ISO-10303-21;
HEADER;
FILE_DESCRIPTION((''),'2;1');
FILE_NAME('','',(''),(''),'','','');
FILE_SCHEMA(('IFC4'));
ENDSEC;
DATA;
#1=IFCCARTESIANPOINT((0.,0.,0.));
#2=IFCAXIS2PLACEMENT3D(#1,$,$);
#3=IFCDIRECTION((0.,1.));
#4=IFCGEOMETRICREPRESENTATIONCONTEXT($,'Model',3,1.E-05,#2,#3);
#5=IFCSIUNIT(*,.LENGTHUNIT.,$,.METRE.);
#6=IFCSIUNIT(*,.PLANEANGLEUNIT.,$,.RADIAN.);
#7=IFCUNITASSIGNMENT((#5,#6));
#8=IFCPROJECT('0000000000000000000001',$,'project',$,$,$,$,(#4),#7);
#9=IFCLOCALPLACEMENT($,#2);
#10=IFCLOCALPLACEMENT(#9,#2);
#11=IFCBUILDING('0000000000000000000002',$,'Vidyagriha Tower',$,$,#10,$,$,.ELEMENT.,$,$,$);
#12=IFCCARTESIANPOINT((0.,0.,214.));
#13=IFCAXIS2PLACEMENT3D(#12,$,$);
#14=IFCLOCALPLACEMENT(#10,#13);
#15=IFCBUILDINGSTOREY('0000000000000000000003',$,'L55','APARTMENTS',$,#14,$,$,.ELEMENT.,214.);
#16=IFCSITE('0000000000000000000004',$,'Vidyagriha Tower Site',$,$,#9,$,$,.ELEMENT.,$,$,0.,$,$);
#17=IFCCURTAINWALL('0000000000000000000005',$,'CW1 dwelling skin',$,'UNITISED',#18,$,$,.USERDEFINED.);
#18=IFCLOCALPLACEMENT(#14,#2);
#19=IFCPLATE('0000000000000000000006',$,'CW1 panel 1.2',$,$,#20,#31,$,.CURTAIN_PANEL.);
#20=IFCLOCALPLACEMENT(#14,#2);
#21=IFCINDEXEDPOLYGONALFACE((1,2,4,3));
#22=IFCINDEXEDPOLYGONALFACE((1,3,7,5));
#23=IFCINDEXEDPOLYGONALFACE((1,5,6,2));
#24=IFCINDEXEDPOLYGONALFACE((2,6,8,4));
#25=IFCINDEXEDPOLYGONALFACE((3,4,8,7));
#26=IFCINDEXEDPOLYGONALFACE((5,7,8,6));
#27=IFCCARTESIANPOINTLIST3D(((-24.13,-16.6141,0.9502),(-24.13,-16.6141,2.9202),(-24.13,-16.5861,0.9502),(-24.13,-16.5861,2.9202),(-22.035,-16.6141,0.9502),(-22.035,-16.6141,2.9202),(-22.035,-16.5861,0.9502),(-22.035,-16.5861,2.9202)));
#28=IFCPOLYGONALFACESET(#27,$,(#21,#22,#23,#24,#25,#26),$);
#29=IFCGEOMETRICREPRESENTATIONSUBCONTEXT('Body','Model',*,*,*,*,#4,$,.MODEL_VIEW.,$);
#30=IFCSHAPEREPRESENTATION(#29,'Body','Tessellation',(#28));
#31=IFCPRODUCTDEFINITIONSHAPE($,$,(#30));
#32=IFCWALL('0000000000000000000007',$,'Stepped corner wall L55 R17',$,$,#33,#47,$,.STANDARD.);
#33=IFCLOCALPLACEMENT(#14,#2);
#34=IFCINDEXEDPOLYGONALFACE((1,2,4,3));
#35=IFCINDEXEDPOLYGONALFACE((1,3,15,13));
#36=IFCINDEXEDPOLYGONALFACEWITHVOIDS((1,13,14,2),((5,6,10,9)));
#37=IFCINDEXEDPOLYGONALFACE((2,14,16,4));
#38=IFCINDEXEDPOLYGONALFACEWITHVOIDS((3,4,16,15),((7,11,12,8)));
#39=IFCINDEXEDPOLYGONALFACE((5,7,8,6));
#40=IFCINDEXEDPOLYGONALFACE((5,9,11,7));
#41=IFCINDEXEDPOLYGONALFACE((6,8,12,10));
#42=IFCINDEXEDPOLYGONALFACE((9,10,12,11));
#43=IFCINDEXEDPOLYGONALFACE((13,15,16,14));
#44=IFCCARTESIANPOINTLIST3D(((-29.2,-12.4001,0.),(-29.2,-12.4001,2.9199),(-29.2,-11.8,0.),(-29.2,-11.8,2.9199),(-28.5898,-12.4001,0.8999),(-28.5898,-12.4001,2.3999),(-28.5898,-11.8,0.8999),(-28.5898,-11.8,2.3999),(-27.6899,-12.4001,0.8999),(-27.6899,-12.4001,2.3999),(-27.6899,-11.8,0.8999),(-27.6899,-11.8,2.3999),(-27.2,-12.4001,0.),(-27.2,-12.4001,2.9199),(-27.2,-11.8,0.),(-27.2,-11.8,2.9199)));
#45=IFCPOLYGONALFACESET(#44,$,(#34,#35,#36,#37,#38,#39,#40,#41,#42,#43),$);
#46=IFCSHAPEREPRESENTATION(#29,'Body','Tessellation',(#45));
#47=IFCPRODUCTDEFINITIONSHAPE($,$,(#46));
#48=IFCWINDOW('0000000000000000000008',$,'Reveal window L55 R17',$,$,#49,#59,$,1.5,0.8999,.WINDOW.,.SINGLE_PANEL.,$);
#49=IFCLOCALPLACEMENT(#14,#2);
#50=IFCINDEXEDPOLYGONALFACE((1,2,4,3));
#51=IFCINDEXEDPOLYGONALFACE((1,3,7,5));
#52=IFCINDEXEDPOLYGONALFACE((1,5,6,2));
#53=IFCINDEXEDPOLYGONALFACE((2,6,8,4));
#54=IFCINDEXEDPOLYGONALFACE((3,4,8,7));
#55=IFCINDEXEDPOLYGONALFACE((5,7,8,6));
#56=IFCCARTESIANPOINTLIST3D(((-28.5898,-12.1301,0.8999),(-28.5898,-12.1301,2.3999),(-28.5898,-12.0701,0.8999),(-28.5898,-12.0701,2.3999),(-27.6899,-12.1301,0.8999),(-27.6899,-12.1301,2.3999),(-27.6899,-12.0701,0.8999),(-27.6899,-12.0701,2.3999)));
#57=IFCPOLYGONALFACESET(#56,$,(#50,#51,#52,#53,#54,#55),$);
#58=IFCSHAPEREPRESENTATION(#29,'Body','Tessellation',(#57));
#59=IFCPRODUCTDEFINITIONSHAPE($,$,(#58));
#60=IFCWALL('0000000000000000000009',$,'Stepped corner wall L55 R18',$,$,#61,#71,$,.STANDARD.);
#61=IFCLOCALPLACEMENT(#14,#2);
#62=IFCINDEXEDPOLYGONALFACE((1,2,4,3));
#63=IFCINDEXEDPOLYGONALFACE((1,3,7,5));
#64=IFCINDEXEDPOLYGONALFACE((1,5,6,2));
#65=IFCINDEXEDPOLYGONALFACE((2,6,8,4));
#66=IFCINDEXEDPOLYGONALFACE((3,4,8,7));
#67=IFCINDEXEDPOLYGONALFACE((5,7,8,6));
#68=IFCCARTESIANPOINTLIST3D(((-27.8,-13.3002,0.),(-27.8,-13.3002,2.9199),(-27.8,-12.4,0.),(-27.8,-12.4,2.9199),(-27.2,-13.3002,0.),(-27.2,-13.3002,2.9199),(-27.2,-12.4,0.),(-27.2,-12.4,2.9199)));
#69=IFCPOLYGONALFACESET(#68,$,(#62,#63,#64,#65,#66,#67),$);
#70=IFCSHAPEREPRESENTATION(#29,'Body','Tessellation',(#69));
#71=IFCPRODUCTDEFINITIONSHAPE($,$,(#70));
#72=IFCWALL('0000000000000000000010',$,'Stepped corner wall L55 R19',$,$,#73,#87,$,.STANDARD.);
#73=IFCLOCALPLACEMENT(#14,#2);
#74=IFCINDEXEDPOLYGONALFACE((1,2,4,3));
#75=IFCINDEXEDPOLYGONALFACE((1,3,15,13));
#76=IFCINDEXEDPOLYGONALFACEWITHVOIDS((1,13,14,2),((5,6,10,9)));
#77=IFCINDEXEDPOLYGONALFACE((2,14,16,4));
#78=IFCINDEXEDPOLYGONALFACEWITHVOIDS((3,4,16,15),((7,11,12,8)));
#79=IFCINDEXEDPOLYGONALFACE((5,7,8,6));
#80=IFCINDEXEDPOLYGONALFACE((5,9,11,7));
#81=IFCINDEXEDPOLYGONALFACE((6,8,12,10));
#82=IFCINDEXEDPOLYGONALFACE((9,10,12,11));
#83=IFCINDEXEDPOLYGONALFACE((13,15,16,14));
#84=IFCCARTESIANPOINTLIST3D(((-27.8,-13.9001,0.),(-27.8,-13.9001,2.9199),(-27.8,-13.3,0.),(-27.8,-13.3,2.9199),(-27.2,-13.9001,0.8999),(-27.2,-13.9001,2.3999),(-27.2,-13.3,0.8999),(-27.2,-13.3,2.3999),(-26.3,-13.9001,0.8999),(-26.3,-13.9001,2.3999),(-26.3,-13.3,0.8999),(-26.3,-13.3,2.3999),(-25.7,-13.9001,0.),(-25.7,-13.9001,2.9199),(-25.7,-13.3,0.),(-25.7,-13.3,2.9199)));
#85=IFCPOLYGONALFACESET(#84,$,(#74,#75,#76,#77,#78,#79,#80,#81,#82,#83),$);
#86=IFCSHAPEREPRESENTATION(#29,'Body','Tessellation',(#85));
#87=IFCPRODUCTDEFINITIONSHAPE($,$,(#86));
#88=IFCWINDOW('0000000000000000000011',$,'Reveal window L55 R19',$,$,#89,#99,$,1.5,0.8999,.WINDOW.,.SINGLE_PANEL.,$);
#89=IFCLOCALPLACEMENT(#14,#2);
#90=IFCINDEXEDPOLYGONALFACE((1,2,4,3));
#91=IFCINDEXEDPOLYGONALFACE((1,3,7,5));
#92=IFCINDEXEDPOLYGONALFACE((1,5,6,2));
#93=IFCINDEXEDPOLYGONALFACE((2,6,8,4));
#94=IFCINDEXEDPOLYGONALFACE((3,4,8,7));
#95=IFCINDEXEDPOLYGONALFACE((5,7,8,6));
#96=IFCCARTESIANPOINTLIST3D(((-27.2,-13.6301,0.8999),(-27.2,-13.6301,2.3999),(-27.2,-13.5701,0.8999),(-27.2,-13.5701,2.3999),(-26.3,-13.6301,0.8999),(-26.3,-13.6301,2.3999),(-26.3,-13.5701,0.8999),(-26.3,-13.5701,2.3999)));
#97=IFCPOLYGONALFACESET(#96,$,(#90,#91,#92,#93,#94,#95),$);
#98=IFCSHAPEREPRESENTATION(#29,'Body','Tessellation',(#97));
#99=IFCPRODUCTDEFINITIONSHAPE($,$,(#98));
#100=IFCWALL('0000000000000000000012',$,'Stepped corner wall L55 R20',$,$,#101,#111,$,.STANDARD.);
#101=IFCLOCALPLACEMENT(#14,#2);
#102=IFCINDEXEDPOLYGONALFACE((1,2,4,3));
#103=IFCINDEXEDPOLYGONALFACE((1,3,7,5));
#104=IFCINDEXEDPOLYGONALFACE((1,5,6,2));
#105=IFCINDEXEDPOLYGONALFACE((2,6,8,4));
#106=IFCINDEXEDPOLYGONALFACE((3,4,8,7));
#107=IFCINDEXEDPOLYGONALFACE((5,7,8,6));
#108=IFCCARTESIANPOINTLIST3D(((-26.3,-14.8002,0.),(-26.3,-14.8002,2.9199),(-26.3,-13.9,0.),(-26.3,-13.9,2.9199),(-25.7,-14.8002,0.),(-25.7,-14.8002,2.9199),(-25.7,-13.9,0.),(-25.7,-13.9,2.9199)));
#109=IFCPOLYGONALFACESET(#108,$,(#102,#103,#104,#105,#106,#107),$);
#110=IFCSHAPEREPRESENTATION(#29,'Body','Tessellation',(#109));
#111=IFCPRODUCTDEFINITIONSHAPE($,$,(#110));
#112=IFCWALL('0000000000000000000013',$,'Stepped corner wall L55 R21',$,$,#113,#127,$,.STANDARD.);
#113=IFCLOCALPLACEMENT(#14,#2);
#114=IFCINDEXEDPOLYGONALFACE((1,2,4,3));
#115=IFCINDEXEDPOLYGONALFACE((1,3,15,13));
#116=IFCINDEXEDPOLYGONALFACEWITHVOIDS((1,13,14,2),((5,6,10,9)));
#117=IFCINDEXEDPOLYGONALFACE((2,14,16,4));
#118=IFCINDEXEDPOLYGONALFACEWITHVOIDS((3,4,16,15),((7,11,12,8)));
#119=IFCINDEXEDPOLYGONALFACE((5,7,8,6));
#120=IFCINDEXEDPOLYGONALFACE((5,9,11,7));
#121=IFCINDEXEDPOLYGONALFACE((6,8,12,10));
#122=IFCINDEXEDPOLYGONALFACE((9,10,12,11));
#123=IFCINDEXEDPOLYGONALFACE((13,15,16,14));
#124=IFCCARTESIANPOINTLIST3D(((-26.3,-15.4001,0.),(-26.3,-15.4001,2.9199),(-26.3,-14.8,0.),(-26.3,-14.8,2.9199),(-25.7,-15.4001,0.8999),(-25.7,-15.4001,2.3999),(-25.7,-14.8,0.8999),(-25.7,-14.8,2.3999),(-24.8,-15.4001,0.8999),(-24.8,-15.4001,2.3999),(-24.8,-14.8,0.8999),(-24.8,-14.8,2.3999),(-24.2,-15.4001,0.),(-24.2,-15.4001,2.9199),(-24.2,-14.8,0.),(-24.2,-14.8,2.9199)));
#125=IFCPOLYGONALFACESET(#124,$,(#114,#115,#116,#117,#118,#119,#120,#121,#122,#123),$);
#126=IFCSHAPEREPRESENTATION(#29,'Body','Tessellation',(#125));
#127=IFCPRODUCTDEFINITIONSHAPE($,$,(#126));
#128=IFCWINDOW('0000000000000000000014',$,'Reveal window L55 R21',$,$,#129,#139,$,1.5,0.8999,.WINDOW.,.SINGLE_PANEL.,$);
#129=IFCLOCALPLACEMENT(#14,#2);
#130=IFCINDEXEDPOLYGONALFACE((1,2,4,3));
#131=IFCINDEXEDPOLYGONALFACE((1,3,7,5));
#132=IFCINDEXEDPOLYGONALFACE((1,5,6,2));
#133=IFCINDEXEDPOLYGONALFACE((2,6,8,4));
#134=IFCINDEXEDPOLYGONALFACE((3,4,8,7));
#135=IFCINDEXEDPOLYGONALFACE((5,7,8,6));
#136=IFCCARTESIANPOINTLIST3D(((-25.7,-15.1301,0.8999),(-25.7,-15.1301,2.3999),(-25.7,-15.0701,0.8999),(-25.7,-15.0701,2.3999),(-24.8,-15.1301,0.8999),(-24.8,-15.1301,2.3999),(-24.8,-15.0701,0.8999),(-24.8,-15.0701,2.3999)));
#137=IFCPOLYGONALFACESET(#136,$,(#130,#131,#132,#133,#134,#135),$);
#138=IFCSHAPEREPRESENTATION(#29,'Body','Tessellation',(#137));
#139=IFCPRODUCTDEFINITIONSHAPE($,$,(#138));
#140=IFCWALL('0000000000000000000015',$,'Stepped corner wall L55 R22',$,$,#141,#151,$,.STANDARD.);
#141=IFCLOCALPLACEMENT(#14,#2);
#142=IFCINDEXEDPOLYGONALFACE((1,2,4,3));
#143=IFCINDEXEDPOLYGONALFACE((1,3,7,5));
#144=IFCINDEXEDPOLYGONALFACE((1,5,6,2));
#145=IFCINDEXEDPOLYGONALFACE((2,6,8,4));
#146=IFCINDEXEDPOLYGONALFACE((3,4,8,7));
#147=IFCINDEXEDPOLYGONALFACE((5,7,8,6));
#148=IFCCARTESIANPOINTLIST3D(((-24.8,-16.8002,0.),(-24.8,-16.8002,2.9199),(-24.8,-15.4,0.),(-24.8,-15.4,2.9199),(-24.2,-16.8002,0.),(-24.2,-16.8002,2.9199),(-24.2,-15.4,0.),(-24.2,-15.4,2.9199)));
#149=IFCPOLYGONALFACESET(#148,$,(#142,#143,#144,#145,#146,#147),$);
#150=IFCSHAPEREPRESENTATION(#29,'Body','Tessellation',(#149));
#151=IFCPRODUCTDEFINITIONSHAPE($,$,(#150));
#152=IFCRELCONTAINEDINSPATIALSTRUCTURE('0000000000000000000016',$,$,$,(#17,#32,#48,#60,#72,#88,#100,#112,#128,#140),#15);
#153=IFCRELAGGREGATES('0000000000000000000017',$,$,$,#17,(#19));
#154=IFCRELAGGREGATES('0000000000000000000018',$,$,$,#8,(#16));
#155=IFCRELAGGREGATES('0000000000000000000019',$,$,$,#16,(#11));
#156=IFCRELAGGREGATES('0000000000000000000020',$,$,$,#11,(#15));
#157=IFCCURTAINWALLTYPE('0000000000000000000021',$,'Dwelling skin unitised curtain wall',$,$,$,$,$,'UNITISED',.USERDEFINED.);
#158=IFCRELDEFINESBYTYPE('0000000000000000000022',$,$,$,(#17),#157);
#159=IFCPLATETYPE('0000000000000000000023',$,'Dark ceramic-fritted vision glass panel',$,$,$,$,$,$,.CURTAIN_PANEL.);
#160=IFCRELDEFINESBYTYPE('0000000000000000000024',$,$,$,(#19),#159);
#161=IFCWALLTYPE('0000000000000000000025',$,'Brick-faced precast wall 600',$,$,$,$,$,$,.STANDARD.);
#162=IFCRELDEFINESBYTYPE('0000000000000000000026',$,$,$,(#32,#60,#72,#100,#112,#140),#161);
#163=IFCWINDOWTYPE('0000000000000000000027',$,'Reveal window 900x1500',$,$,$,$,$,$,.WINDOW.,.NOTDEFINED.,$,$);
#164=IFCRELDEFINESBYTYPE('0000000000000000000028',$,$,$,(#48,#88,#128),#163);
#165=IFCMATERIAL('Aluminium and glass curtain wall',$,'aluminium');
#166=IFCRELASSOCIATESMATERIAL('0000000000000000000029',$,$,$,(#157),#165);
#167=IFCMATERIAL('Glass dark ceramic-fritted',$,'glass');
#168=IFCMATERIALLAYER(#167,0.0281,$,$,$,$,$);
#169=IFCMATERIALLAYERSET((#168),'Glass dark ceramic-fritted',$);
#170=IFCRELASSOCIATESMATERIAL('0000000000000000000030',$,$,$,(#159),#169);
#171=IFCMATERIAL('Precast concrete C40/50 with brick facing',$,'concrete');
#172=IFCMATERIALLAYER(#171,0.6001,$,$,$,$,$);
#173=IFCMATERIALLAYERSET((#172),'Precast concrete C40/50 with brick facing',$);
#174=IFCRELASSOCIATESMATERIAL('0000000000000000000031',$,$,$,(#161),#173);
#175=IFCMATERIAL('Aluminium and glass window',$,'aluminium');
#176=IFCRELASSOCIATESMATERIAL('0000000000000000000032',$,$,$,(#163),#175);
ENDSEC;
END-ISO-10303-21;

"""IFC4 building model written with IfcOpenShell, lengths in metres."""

from ifc_helpers import new_model, si_unit, direction, frame, frame_2d, origin, origin_2d, place, context, subcontext, project, spatial, rectangle, extrude, material, layer, layer_set, type_object, element, fill, aggregate, save


model = new_model("IFC4")

# Units and contexts
model_context = context("Model", 3, precision=1e-05, world=origin(), true_north=direction((0.0, 1.0)))
body_context = subcontext(model_context, "Body", "Model", "MODEL_VIEW")
ifc_project = project(units=[si_unit("LENGTHUNIT", "METRE"), si_unit("PLANEANGLEUNIT", "RADIAN")], contexts=[model_context])

# Site, building, storey
site_placement = place(None, origin())
site = spatial("IfcSite", under=ifc_project, at=site_placement, Name="Vidyagriha Tower Site", CompositionType="ELEMENT", RefElevation=0.0)
building_placement = place(site_placement, origin())
building = spatial("IfcBuilding", under=site, at=building_placement, Name="Vidyagriha Tower", CompositionType="ELEMENT")
storey_placement = place(building_placement, frame((0.0, 0.0, 214.0)))
storey = spatial("IfcBuildingStorey", under=building, at=storey_placement, Name="L55", Description="APARTMENTS", CompositionType="ELEMENT", Elevation=214.0)

# Curtain wall, plate
ifc_material_1 = material(Name="Aluminium and glass curtain wall", Category="aluminium")
curtain_wall_type = type_object("IfcCurtainWallType", Name="Dwelling skin unitised curtain wall", ElementType="UNITISED", PredefinedType="USERDEFINED", material=ifc_material_1)
curtain_wall_placement = place(storey_placement, origin())
curtain_wall = element("IfcCurtainWall", 1, at=curtain_wall_placement, inside=storey, type_object=curtain_wall_type, Name="CW1 dwelling skin", ObjectType="UNITISED", PredefinedType="USERDEFINED")
ifc_material_2 = material(Name="Glass dark ceramic-fritted", Category="glass")
ifc_layer_1 = layer(ifc_material_2, 0.0281)
ifc_layer_set_1 = layer_set([ifc_layer_1], Name="Glass dark ceramic-fritted")
plate_type_1 = type_object("IfcPlateType", Name="Dark ceramic-fritted vision glass panel", PredefinedType="CURTAIN_PANEL", material=ifc_layer_set_1)
plate_1_placement = place(storey_placement, frame((-23.0825, -16.6001, 0.9502)))
plate_1 = element("IfcPlate", 2, at=plate_1_placement, type_object=plate_type_1, Name="CW1 panel 1.2", PredefinedType="CURTAIN_PANEL", context=body_context, shape_type="SweptSolid", body=[
    extrude(rectangle(XDim=2.095, YDim=0.0281, at=origin_2d()), origin(), (0.0, 0.0, 1.0), 1.97),
])
aggregate(curtain_wall, [plate_1])

# Wall, opening, window
ifc_material_3 = material(Name="Precast concrete C40/50 with brick facing", Category="concrete")
ifc_layer_2 = layer(ifc_material_3, 0.6001)
ifc_layer_set_2 = layer_set([ifc_layer_2], Name="Precast concrete C40/50 with brick facing")
wall_type = type_object("IfcWallType", Name="Brick-faced precast wall 600", PredefinedType="STANDARD", material=ifc_layer_set_2)
wall_1_placement = place(storey_placement, frame((-29.2, -12.1001, 0.0)))
wall_1 = element("IfcWall", 3, at=wall_1_placement, inside=storey, type_object=wall_type, Name="Stepped corner wall L55 R17", PredefinedType="STANDARD", context=body_context, shape_type="SweptSolid", body=[
    extrude(rectangle(XDim=2.0, YDim=0.6001, at=frame_2d((1.0, 0.0))), origin(), (0.0, 0.0, 1.0), 2.9199),
])
opening_1_placement = place(wall_1_placement, frame((0.6101, 0.0, 0.8999)))
opening_1 = element("IfcOpeningElement", 4, at=opening_1_placement, cuts=wall_1, PredefinedType="OPENING", context=body_context, shape_type="SweptSolid", body=[
    extrude(rectangle(XDim=0.8999, YDim=1.5, at=frame_2d((0.45, 0.75))), frame((0.0, 0.3101, 0.0), z_axis=(0.0, -1.0, 0.0), x_axis=(1.0, 0.0, 0.0)), (0.0, 0.0, 1.0), 0.6201),
])
ifc_material_4 = material(Name="Aluminium and glass window", Category="aluminium")
window_type = type_object("IfcWindowType", Name="Reveal window 900x1500", PartitioningType="NOTDEFINED", PredefinedType="WINDOW", material=ifc_material_4)
window_1_placement = place(opening_1_placement, origin())
window_1 = element("IfcWindow", 5, at=window_1_placement, inside=storey, type_object=window_type, Name="Reveal window L55 R17", OverallHeight=1.5, OverallWidth=0.8999, PartitioningType="SINGLE_PANEL", PredefinedType="WINDOW", context=body_context, shape_type="SweptSolid", body=[
    extrude(rectangle(XDim=0.8999, YDim=1.5, at=frame_2d((0.45, 0.75))), frame((0.0, 0.03, 0.0), z_axis=(0.0, -1.0, 0.0), x_axis=(1.0, 0.0, 0.0)), (0.0, 0.0, 1.0), 0.0601),
])
fill(opening_1, window_1)

# Wall
wall_2_placement = place(storey_placement, frame((-27.5, -12.3999, 0.0), z_axis=(0.0, 0.0, 1.0), x_axis=(0.0, -1.0, 0.0)))
element("IfcWall", 6, at=wall_2_placement, inside=storey, type_object=wall_type, Name="Stepped corner wall L55 R18", PredefinedType="STANDARD", context=body_context, shape_type="SweptSolid", body=[
    extrude(rectangle(XDim=0.9001, YDim=0.6001, at=frame_2d((0.4502, 0.0))), origin(), (0.0, 0.0, 1.0), 2.9199),
])

# Wall, opening, window
wall_3_placement = place(storey_placement, frame((-27.8, -13.6001, 0.0)))
wall_3 = element("IfcWall", 7, at=wall_3_placement, inside=storey, type_object=wall_type, Name="Stepped corner wall L55 R19", PredefinedType="STANDARD", context=body_context, shape_type="SweptSolid", body=[
    extrude(rectangle(XDim=2.1001, YDim=0.6001, at=frame_2d((1.05, 0.0))), origin(), (0.0, 0.0, 1.0), 2.9199),
])
opening_2_placement = place(wall_3_placement, frame((0.6001, 0.0, 0.8999)))
opening_2 = element("IfcOpeningElement", 8, at=opening_2_placement, cuts=wall_3, PredefinedType="OPENING", context=body_context, shape_type="SweptSolid", body=[
    extrude(rectangle(XDim=0.8999, YDim=1.5, at=frame_2d((0.45, 0.75))), frame((0.0, 0.3101, 0.0), z_axis=(0.0, -1.0, 0.0), x_axis=(1.0, 0.0, 0.0)), (0.0, 0.0, 1.0), 0.6201),
])
window_2_placement = place(opening_2_placement, origin())
window_2 = element("IfcWindow", 9, at=window_2_placement, inside=storey, type_object=window_type, Name="Reveal window L55 R19", OverallHeight=1.5, OverallWidth=0.8999, PartitioningType="SINGLE_PANEL", PredefinedType="WINDOW", context=body_context, shape_type="SweptSolid", body=[
    extrude(rectangle(XDim=0.8999, YDim=1.5, at=frame_2d((0.45, 0.75))), frame((0.0, 0.03, 0.0), z_axis=(0.0, -1.0, 0.0), x_axis=(1.0, 0.0, 0.0)), (0.0, 0.0, 1.0), 0.0601),
])
fill(opening_2, window_2)

# Wall
wall_4_placement = place(storey_placement, frame((-26.0, -13.8999, 0.0), z_axis=(0.0, 0.0, 1.0), x_axis=(0.0, -1.0, 0.0)))
element("IfcWall", 10, at=wall_4_placement, inside=storey, type_object=wall_type, Name="Stepped corner wall L55 R20", PredefinedType="STANDARD", context=body_context, shape_type="SweptSolid", body=[
    extrude(rectangle(XDim=0.9001, YDim=0.6001, at=frame_2d((0.4502, 0.0))), origin(), (0.0, 0.0, 1.0), 2.9199),
])

# Wall, opening, window
wall_5_placement = place(storey_placement, frame((-26.3, -15.1001, 0.0)))
wall_5 = element("IfcWall", 11, at=wall_5_placement, inside=storey, type_object=wall_type, Name="Stepped corner wall L55 R21", PredefinedType="STANDARD", context=body_context, shape_type="SweptSolid", body=[
    extrude(rectangle(XDim=2.1001, YDim=0.6001, at=frame_2d((1.05, 0.0))), origin(), (0.0, 0.0, 1.0), 2.9199),
])
opening_3_placement = place(wall_5_placement, frame((0.6001, 0.0, 0.8999)))
opening_3 = element("IfcOpeningElement", 12, at=opening_3_placement, cuts=wall_5, PredefinedType="OPENING", context=body_context, shape_type="SweptSolid", body=[
    extrude(rectangle(XDim=0.8999, YDim=1.5, at=frame_2d((0.45, 0.75))), frame((0.0, 0.3101, 0.0), z_axis=(0.0, -1.0, 0.0), x_axis=(1.0, 0.0, 0.0)), (0.0, 0.0, 1.0), 0.6201),
])
window_3_placement = place(opening_3_placement, origin())
window_3 = element("IfcWindow", 13, at=window_3_placement, inside=storey, type_object=window_type, Name="Reveal window L55 R21", OverallHeight=1.5, OverallWidth=0.8999, PartitioningType="SINGLE_PANEL", PredefinedType="WINDOW", context=body_context, shape_type="SweptSolid", body=[
    extrude(rectangle(XDim=0.8999, YDim=1.5, at=frame_2d((0.45, 0.75))), frame((0.0, 0.03, 0.0), z_axis=(0.0, -1.0, 0.0), x_axis=(1.0, 0.0, 0.0)), (0.0, 0.0, 1.0), 0.0601),
])
fill(opening_3, window_3)

# Wall
wall_6_placement = place(storey_placement, frame((-24.5, -15.3999, 0.0), z_axis=(0.0, 0.0, 1.0), x_axis=(0.0, -1.0, 0.0)))
element("IfcWall", 14, at=wall_6_placement, inside=storey, type_object=wall_type, Name="Stepped corner wall L55 R22", PredefinedType="STANDARD", context=body_context, shape_type="SweptSolid", body=[
    extrude(rectangle(XDim=1.4001, YDim=0.6001, at=frame_2d((0.7002, 0.0))), origin(), (0.0, 0.0, 1.0), 2.9199),
])

save(model, "model.ifc")
